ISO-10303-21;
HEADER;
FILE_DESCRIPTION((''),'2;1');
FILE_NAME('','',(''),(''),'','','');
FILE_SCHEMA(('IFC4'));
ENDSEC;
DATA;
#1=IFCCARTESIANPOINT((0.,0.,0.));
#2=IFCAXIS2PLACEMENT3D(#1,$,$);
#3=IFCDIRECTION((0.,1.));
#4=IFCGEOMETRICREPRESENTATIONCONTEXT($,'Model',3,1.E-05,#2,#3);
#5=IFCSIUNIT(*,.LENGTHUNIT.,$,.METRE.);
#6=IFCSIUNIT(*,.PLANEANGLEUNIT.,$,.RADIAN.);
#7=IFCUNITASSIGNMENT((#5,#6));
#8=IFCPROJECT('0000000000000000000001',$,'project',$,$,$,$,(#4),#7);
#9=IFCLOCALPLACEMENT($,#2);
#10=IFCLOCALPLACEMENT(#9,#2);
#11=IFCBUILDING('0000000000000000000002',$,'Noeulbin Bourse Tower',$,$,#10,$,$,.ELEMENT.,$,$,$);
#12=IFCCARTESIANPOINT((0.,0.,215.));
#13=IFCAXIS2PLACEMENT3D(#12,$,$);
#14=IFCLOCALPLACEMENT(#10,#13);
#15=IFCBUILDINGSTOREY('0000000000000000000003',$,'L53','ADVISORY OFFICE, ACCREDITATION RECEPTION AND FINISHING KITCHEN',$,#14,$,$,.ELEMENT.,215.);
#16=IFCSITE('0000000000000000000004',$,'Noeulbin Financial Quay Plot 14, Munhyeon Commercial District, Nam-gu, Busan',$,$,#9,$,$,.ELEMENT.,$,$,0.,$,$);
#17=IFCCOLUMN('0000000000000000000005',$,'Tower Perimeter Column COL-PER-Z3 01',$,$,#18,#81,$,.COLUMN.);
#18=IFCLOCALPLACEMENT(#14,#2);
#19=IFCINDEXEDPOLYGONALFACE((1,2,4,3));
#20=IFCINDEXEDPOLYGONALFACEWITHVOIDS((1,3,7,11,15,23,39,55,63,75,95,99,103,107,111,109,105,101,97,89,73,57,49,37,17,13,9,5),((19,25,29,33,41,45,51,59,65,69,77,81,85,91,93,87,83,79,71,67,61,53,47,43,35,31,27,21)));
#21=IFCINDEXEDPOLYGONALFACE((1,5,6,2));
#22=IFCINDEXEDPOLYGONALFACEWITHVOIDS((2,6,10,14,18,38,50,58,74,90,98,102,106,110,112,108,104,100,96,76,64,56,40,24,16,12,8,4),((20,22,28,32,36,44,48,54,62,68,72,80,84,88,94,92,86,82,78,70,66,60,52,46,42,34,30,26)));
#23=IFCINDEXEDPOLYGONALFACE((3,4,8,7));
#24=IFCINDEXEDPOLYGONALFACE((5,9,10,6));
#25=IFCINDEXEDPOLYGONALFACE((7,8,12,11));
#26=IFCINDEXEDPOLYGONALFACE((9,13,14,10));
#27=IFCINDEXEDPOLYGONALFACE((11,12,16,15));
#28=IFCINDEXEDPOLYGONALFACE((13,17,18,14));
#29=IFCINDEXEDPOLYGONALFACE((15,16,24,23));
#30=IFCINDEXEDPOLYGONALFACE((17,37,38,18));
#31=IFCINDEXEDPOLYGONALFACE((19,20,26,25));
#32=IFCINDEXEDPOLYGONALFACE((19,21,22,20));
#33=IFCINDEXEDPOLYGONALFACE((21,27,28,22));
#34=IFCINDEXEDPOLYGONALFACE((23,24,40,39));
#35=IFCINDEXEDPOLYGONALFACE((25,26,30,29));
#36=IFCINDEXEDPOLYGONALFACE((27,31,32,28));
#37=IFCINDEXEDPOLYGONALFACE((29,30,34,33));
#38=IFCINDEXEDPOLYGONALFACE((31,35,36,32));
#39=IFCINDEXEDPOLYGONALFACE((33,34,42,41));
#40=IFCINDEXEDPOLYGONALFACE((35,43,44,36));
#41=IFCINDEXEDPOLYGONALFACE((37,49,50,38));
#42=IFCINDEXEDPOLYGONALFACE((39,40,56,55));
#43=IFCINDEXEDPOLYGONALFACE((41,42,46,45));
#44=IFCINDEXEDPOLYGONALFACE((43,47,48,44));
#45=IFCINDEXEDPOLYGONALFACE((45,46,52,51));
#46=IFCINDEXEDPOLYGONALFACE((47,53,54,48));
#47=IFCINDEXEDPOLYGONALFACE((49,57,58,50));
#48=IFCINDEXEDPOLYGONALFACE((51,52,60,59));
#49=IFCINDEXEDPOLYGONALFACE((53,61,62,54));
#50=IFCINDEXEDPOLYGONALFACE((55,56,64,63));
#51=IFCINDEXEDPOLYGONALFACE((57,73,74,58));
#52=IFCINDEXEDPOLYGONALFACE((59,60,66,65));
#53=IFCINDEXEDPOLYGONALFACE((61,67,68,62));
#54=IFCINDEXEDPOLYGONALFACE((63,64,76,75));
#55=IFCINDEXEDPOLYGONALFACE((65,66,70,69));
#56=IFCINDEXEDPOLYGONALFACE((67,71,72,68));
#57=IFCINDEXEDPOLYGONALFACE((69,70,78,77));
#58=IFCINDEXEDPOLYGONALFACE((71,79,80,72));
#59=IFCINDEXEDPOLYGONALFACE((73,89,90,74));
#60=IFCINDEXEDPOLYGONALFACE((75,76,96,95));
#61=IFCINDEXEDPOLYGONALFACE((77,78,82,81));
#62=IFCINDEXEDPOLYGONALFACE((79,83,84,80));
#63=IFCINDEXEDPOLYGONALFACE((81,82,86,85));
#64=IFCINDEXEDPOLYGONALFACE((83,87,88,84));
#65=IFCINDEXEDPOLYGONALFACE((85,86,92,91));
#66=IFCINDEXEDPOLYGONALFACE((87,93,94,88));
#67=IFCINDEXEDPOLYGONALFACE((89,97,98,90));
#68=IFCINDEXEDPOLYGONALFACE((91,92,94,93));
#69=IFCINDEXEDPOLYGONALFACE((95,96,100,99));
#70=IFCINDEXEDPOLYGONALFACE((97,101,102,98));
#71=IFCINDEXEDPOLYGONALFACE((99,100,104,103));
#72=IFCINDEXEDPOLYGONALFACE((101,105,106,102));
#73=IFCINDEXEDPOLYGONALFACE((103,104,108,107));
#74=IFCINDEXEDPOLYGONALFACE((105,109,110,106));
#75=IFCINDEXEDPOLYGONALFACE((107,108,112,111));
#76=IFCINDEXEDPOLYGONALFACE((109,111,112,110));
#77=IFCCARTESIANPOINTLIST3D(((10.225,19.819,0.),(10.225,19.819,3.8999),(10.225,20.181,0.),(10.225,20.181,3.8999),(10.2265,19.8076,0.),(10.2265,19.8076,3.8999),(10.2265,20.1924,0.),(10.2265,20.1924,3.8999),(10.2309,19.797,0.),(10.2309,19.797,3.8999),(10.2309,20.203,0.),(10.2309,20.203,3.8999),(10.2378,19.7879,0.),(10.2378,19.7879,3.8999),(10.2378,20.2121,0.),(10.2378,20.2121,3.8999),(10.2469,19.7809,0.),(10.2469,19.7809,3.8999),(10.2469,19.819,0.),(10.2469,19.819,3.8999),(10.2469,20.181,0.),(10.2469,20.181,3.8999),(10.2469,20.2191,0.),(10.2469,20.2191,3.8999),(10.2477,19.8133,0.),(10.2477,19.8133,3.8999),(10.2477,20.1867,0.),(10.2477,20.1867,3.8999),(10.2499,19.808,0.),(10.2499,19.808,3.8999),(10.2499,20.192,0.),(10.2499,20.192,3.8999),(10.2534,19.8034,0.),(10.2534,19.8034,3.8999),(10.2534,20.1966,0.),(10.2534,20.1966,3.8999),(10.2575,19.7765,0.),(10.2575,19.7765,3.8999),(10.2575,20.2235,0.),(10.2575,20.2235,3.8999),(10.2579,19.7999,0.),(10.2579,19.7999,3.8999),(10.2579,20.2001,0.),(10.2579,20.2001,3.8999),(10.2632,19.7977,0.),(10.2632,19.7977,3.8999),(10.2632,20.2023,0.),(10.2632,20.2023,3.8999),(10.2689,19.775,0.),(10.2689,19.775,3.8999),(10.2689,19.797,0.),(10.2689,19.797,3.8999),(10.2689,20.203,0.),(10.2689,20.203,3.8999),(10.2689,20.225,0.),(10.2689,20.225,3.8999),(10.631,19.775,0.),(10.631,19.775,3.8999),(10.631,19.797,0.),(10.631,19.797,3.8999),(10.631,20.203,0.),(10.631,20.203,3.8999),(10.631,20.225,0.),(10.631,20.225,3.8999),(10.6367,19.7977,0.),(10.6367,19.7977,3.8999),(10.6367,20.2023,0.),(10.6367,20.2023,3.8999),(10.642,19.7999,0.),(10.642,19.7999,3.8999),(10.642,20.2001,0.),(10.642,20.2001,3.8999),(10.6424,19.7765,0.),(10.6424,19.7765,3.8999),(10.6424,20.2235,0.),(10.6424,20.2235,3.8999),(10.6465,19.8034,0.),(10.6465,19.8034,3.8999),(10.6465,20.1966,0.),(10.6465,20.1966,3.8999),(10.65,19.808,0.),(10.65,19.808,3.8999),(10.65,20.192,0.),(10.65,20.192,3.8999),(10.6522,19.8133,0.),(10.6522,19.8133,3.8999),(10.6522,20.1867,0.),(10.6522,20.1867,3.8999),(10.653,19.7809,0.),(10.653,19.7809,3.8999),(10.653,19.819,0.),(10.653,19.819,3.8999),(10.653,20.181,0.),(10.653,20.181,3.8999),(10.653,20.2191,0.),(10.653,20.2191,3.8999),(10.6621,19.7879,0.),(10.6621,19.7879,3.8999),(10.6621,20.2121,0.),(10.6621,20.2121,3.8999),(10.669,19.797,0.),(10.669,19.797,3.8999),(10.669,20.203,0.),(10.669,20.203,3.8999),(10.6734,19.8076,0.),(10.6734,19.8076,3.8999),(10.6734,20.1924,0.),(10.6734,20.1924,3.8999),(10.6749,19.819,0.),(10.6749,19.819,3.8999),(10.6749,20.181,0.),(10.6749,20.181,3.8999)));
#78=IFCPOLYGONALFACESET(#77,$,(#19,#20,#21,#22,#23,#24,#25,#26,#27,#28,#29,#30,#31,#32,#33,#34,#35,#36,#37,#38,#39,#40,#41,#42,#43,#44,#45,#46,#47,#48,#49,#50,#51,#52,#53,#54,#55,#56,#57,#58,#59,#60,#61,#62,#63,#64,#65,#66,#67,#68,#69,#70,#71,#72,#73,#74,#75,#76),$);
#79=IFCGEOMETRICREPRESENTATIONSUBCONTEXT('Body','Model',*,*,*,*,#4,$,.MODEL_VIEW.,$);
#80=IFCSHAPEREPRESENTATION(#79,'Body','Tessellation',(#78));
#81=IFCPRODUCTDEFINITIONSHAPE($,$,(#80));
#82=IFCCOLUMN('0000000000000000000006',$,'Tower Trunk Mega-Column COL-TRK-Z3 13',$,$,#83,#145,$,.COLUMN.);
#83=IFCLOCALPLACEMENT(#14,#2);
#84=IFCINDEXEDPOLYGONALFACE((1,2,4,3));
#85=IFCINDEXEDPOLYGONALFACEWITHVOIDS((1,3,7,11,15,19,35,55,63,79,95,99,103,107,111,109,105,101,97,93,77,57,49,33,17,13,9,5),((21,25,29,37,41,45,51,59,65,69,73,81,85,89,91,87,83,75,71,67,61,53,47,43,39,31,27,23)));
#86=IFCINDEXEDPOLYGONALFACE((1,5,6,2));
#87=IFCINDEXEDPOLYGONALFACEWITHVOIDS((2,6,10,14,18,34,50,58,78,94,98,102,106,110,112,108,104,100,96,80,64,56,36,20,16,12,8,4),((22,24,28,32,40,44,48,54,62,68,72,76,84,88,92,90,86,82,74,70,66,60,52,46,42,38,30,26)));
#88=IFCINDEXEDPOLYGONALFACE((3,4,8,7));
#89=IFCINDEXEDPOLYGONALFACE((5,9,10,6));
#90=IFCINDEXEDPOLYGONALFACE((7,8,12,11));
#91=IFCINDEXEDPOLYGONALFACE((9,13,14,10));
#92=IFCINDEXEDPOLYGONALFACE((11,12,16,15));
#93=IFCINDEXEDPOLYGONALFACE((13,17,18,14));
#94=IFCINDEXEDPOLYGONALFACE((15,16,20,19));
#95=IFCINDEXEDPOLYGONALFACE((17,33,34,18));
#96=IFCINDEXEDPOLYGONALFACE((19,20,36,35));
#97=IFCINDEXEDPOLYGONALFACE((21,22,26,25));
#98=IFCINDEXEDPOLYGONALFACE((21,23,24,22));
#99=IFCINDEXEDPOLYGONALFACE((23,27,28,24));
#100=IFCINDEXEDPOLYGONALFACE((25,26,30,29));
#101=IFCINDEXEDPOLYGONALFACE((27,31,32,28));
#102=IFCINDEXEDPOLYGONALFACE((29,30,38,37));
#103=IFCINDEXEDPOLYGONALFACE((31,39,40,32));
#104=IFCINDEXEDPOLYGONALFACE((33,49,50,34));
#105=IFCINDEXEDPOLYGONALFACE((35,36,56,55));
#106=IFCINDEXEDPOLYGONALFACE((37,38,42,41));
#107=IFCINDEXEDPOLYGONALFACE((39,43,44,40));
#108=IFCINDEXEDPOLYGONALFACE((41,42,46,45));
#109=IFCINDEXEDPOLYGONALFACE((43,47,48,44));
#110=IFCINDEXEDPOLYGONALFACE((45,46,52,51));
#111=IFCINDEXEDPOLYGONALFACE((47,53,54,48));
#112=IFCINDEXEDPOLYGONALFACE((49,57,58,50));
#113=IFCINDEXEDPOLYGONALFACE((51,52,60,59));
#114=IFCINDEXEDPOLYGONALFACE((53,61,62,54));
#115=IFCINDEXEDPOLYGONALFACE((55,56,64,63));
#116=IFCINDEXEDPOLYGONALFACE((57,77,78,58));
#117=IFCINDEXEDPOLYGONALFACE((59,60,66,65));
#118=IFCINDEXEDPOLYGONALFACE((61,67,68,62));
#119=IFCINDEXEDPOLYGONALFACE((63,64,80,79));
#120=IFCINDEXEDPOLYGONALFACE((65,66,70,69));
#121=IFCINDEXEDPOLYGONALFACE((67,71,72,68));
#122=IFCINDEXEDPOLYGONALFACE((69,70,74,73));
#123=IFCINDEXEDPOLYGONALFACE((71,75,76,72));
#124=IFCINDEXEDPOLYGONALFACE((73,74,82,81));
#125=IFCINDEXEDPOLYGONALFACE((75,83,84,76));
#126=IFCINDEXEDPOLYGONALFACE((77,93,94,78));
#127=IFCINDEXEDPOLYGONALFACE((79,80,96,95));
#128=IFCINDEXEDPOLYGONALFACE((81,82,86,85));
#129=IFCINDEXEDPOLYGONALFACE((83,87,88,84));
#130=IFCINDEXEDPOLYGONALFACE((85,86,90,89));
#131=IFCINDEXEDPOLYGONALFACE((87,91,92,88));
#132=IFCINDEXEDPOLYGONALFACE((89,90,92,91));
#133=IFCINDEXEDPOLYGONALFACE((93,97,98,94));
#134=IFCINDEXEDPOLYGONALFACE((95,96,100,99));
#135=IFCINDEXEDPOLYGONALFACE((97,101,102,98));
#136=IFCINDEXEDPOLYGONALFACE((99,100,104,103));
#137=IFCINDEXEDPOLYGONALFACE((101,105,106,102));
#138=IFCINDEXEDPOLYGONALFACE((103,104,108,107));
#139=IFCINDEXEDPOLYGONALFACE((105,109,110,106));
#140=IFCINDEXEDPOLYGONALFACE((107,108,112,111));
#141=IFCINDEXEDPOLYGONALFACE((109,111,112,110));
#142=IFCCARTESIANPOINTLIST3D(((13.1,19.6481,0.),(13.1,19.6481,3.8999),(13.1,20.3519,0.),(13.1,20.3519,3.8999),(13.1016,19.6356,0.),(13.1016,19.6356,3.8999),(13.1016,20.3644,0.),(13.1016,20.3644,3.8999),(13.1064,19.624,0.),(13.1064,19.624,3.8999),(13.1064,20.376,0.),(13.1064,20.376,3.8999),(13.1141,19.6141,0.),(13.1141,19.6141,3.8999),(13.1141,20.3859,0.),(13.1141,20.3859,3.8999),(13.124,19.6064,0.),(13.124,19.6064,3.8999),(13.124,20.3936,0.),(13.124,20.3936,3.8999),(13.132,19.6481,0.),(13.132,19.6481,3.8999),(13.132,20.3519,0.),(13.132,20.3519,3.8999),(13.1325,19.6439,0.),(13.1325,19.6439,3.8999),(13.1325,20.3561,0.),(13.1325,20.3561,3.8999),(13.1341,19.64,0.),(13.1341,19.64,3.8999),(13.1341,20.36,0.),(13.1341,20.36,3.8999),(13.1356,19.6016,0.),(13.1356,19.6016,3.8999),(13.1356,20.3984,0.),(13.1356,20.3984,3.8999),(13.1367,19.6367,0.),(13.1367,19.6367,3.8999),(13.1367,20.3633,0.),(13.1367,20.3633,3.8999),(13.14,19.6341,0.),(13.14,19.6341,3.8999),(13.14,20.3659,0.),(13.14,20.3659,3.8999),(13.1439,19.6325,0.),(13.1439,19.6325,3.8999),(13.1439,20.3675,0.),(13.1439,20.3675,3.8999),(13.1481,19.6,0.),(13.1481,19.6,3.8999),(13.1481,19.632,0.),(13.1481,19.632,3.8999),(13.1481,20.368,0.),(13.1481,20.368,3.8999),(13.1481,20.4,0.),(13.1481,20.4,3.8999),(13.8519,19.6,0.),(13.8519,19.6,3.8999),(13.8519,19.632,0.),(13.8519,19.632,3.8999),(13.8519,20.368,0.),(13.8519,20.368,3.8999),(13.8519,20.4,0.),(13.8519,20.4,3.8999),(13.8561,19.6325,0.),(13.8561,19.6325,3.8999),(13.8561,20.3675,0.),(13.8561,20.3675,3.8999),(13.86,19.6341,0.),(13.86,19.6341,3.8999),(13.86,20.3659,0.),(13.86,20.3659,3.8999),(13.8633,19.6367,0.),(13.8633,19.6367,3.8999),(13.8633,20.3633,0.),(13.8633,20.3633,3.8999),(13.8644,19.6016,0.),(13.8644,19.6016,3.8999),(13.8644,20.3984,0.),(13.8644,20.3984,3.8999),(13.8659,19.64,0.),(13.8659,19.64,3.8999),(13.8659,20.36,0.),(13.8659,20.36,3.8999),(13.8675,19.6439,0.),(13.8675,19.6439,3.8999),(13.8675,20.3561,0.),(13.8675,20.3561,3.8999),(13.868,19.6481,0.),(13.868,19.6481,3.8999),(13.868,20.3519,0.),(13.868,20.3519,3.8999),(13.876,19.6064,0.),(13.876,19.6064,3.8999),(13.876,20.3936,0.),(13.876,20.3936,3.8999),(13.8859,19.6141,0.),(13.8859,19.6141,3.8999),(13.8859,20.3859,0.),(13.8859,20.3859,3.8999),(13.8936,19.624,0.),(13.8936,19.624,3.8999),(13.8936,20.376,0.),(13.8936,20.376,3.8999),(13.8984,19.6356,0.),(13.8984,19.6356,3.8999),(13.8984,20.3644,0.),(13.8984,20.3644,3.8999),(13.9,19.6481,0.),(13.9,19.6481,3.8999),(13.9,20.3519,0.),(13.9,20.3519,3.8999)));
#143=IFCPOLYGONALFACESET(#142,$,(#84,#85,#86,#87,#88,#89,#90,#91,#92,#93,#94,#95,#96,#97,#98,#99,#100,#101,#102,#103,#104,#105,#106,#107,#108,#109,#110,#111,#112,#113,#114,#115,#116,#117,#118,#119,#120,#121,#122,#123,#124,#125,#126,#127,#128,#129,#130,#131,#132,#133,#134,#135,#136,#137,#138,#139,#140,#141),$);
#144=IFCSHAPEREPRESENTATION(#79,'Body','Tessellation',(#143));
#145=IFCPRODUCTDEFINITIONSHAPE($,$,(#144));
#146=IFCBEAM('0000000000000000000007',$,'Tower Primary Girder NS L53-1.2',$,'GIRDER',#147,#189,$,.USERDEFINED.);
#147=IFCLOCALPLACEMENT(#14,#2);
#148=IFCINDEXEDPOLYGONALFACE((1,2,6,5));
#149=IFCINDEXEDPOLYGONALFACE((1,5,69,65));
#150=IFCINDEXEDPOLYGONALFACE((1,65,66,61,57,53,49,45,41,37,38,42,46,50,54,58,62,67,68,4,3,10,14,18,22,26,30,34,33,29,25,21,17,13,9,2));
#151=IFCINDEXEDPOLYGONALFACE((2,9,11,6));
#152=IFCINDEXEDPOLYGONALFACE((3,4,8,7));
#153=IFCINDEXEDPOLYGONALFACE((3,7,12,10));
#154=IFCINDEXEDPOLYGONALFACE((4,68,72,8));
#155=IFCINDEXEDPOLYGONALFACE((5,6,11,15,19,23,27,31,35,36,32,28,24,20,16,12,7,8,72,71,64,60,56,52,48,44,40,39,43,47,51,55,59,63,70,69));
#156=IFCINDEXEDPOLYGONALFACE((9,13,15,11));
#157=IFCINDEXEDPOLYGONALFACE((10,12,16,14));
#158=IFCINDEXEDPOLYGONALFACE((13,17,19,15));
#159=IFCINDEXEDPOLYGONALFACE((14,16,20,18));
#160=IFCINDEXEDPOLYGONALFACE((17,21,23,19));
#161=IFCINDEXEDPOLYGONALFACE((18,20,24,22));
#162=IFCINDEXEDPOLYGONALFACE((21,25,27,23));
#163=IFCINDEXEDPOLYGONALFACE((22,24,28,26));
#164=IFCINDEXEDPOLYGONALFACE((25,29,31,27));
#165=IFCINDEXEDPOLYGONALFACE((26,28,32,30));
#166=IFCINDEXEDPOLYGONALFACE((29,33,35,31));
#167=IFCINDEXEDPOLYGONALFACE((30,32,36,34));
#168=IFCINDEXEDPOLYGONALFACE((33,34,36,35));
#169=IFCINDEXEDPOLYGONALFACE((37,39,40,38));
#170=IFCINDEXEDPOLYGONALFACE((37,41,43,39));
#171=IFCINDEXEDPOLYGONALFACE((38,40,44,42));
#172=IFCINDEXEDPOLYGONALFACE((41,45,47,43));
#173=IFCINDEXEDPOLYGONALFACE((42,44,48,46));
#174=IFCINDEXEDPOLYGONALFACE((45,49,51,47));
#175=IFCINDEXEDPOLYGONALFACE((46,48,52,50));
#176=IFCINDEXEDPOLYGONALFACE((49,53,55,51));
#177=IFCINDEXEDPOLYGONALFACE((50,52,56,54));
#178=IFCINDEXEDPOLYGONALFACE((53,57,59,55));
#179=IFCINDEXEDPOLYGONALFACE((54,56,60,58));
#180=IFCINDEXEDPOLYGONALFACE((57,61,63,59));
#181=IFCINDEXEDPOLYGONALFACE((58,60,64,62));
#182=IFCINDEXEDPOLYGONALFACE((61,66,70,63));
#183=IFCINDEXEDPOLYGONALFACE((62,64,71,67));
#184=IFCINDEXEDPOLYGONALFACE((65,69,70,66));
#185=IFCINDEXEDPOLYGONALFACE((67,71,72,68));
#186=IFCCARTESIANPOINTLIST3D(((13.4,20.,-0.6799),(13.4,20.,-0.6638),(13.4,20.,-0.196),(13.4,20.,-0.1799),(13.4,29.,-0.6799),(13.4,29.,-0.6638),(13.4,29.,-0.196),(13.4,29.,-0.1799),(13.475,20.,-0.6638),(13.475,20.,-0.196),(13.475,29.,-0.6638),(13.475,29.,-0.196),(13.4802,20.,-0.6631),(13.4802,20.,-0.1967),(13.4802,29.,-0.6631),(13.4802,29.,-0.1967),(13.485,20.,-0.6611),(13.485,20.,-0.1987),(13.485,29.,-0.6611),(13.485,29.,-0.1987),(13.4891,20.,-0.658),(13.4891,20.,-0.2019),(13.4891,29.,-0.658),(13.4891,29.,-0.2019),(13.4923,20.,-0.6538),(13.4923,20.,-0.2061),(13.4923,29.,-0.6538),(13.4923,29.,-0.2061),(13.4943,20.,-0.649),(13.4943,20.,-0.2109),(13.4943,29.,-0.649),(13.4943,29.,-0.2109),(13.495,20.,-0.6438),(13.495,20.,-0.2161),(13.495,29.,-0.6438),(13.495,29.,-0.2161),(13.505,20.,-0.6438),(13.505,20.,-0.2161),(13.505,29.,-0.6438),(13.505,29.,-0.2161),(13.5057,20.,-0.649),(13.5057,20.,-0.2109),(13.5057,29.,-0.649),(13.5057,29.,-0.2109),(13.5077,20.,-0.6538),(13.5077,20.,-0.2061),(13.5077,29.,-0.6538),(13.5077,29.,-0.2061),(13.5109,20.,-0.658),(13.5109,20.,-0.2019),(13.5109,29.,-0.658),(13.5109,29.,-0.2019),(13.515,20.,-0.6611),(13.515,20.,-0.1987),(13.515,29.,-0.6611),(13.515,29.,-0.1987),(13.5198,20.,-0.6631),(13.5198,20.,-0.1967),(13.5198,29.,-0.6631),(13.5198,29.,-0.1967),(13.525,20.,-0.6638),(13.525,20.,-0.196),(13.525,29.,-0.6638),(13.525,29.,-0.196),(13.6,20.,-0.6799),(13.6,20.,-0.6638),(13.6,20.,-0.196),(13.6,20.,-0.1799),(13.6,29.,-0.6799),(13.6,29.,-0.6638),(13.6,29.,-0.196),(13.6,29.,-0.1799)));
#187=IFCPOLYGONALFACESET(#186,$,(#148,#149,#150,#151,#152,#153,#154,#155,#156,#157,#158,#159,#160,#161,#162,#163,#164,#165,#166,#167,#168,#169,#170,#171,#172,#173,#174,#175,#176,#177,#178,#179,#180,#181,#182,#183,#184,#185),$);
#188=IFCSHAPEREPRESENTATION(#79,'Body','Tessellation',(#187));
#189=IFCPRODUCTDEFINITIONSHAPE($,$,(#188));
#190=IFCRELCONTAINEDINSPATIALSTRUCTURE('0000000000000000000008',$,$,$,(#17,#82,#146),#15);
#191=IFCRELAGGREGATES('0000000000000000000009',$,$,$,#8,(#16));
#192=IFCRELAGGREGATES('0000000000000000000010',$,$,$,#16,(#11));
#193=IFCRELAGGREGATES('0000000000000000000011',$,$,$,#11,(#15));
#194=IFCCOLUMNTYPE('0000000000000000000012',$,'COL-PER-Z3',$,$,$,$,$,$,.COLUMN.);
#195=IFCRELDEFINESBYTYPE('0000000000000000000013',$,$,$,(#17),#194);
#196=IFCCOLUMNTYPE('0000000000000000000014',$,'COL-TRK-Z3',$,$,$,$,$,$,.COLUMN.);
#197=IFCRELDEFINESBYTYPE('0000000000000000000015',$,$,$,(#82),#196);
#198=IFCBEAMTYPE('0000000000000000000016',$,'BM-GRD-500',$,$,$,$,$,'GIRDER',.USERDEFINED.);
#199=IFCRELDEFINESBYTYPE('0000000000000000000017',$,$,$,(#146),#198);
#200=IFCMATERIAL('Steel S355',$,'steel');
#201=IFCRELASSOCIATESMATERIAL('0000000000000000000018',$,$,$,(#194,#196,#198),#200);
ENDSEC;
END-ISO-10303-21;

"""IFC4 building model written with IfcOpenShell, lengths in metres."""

from ifc_helpers import new_model, si_unit, direction, frame, origin, origin_2d, place, context, subcontext, project, spatial, hollow_rectangle, i_section, extrude, material, material_profile, profile_set, type_object, element, save


model = new_model("IFC4")

# Units and contexts
model_context = context("Model", 3, precision=1e-05, world=origin(), true_north=direction((0.0, 1.0)))
body_context = subcontext(model_context, "Body", "Model", "MODEL_VIEW")
ifc_project = project(units=[si_unit("LENGTHUNIT", "METRE"), si_unit("PLANEANGLEUNIT", "RADIAN")], contexts=[model_context])

# Site, building, storey
site_placement = place(None, origin())
site = spatial("IfcSite", under=ifc_project, at=site_placement, Name="Noeulbin Financial Quay Plot 14, Munhyeon Commercial District, Nam-gu, Busan", CompositionType="ELEMENT", RefElevation=0.0)
building_placement = place(site_placement, origin())
building = spatial("IfcBuilding", under=site, at=building_placement, Name="Noeulbin Bourse Tower", CompositionType="ELEMENT")
storey_placement = place(building_placement, frame((0.0, 0.0, 215.0)))
storey = spatial("IfcBuildingStorey", under=building, at=storey_placement, Name="L53", Description="ADVISORY OFFICE, ACCREDITATION RECEPTION AND FINISHING KITCHEN", CompositionType="ELEMENT", Elevation=215.0)

# Columns
ifc_material_1 = material(Name="Steel S355", Category="steel")
ifc_material_profile_1 = material_profile(ifc_material_1, hollow_rectangle(XDim=0.45, YDim=0.45, WallThickness=0.022, InnerFilletRadius=0.022, OuterFilletRadius=0.0439, at=origin_2d()), Name="SHS-450x450x22", Category="LoadBearing")
ifc_profile_set_1 = profile_set([ifc_material_profile_1], Name="Steel S355")
column_type_1 = type_object("IfcColumnType", Name="COL-PER-Z3", PredefinedType="COLUMN", material=ifc_profile_set_1)
column_1_placement = place(storey_placement, frame((10.45, 20.0, 0.0), z_axis=(0.0, 0.0, 1.0), x_axis=(1.0, 0.0, 0.0)))
element("IfcColumn", 1, at=column_1_placement, inside=storey, type_object=column_type_1, Name="Tower Perimeter Column COL-PER-Z3 01", PredefinedType="COLUMN", context=body_context, shape_type="SweptSolid", body=[
    extrude(hollow_rectangle(XDim=0.45, YDim=0.45, WallThickness=0.022, InnerFilletRadius=0.022, OuterFilletRadius=0.0439, at=origin_2d()), origin(), (0.0, 0.0, 1.0), 3.8999),
])
ifc_material_profile_2 = material_profile(ifc_material_1, hollow_rectangle(XDim=0.8, YDim=0.8, WallThickness=0.032, InnerFilletRadius=0.0161, OuterFilletRadius=0.0481, at=origin_2d()), Name="BOX-800x800x32", Category="LoadBearing")
ifc_profile_set_2 = profile_set([ifc_material_profile_2], Name="Steel S355")
column_type_2 = type_object("IfcColumnType", Name="COL-TRK-Z3", PredefinedType="COLUMN", material=ifc_profile_set_2)
column_2_placement = place(storey_placement, frame((13.5, 20.0, 0.0), z_axis=(0.0, 0.0, 1.0), x_axis=(1.0, 0.0, 0.0)))
element("IfcColumn", 2, at=column_2_placement, inside=storey, type_object=column_type_2, Name="Tower Trunk Mega-Column COL-TRK-Z3 13", PredefinedType="COLUMN", context=body_context, shape_type="SweptSolid", body=[
    extrude(hollow_rectangle(XDim=0.8, YDim=0.8, WallThickness=0.032, InnerFilletRadius=0.0161, OuterFilletRadius=0.0481, at=origin_2d()), origin(), (0.0, 0.0, 1.0), 3.8999),
])

# Beam
ifc_material_profile_3 = material_profile(ifc_material_1, i_section(OverallWidth=0.2, OverallDepth=0.5, WebThickness=0.01, FlangeThickness=0.0161, FilletRadius=0.02, at=origin_2d()), Name="H-500x200x10x16", Category="LoadBearing")
ifc_profile_set_3 = profile_set([ifc_material_profile_3], Name="Steel S355")
beam_type_1 = type_object("IfcBeamType", Name="BM-GRD-500", ElementType="GIRDER", PredefinedType="USERDEFINED", material=ifc_profile_set_3)
beam_1_placement = place(storey_placement, frame((13.5, 20.0, -0.4299), z_axis=(0.0, 1.0, 0.0), x_axis=(-1.0, 0.0, 0.0)))
element("IfcBeam", 3, at=beam_1_placement, inside=storey, type_object=beam_type_1, Name="Tower Primary Girder NS L53-1.2", ObjectType="GIRDER", PredefinedType="USERDEFINED", context=body_context, shape_type="SweptSolid", body=[
    extrude(i_section(OverallWidth=0.2, OverallDepth=0.5, WebThickness=0.01, FlangeThickness=0.0161, FilletRadius=0.02, at=origin_2d()), origin(), (0.0, 0.0, 1.0), 9.0),
])

save(model, "model.ifc")
